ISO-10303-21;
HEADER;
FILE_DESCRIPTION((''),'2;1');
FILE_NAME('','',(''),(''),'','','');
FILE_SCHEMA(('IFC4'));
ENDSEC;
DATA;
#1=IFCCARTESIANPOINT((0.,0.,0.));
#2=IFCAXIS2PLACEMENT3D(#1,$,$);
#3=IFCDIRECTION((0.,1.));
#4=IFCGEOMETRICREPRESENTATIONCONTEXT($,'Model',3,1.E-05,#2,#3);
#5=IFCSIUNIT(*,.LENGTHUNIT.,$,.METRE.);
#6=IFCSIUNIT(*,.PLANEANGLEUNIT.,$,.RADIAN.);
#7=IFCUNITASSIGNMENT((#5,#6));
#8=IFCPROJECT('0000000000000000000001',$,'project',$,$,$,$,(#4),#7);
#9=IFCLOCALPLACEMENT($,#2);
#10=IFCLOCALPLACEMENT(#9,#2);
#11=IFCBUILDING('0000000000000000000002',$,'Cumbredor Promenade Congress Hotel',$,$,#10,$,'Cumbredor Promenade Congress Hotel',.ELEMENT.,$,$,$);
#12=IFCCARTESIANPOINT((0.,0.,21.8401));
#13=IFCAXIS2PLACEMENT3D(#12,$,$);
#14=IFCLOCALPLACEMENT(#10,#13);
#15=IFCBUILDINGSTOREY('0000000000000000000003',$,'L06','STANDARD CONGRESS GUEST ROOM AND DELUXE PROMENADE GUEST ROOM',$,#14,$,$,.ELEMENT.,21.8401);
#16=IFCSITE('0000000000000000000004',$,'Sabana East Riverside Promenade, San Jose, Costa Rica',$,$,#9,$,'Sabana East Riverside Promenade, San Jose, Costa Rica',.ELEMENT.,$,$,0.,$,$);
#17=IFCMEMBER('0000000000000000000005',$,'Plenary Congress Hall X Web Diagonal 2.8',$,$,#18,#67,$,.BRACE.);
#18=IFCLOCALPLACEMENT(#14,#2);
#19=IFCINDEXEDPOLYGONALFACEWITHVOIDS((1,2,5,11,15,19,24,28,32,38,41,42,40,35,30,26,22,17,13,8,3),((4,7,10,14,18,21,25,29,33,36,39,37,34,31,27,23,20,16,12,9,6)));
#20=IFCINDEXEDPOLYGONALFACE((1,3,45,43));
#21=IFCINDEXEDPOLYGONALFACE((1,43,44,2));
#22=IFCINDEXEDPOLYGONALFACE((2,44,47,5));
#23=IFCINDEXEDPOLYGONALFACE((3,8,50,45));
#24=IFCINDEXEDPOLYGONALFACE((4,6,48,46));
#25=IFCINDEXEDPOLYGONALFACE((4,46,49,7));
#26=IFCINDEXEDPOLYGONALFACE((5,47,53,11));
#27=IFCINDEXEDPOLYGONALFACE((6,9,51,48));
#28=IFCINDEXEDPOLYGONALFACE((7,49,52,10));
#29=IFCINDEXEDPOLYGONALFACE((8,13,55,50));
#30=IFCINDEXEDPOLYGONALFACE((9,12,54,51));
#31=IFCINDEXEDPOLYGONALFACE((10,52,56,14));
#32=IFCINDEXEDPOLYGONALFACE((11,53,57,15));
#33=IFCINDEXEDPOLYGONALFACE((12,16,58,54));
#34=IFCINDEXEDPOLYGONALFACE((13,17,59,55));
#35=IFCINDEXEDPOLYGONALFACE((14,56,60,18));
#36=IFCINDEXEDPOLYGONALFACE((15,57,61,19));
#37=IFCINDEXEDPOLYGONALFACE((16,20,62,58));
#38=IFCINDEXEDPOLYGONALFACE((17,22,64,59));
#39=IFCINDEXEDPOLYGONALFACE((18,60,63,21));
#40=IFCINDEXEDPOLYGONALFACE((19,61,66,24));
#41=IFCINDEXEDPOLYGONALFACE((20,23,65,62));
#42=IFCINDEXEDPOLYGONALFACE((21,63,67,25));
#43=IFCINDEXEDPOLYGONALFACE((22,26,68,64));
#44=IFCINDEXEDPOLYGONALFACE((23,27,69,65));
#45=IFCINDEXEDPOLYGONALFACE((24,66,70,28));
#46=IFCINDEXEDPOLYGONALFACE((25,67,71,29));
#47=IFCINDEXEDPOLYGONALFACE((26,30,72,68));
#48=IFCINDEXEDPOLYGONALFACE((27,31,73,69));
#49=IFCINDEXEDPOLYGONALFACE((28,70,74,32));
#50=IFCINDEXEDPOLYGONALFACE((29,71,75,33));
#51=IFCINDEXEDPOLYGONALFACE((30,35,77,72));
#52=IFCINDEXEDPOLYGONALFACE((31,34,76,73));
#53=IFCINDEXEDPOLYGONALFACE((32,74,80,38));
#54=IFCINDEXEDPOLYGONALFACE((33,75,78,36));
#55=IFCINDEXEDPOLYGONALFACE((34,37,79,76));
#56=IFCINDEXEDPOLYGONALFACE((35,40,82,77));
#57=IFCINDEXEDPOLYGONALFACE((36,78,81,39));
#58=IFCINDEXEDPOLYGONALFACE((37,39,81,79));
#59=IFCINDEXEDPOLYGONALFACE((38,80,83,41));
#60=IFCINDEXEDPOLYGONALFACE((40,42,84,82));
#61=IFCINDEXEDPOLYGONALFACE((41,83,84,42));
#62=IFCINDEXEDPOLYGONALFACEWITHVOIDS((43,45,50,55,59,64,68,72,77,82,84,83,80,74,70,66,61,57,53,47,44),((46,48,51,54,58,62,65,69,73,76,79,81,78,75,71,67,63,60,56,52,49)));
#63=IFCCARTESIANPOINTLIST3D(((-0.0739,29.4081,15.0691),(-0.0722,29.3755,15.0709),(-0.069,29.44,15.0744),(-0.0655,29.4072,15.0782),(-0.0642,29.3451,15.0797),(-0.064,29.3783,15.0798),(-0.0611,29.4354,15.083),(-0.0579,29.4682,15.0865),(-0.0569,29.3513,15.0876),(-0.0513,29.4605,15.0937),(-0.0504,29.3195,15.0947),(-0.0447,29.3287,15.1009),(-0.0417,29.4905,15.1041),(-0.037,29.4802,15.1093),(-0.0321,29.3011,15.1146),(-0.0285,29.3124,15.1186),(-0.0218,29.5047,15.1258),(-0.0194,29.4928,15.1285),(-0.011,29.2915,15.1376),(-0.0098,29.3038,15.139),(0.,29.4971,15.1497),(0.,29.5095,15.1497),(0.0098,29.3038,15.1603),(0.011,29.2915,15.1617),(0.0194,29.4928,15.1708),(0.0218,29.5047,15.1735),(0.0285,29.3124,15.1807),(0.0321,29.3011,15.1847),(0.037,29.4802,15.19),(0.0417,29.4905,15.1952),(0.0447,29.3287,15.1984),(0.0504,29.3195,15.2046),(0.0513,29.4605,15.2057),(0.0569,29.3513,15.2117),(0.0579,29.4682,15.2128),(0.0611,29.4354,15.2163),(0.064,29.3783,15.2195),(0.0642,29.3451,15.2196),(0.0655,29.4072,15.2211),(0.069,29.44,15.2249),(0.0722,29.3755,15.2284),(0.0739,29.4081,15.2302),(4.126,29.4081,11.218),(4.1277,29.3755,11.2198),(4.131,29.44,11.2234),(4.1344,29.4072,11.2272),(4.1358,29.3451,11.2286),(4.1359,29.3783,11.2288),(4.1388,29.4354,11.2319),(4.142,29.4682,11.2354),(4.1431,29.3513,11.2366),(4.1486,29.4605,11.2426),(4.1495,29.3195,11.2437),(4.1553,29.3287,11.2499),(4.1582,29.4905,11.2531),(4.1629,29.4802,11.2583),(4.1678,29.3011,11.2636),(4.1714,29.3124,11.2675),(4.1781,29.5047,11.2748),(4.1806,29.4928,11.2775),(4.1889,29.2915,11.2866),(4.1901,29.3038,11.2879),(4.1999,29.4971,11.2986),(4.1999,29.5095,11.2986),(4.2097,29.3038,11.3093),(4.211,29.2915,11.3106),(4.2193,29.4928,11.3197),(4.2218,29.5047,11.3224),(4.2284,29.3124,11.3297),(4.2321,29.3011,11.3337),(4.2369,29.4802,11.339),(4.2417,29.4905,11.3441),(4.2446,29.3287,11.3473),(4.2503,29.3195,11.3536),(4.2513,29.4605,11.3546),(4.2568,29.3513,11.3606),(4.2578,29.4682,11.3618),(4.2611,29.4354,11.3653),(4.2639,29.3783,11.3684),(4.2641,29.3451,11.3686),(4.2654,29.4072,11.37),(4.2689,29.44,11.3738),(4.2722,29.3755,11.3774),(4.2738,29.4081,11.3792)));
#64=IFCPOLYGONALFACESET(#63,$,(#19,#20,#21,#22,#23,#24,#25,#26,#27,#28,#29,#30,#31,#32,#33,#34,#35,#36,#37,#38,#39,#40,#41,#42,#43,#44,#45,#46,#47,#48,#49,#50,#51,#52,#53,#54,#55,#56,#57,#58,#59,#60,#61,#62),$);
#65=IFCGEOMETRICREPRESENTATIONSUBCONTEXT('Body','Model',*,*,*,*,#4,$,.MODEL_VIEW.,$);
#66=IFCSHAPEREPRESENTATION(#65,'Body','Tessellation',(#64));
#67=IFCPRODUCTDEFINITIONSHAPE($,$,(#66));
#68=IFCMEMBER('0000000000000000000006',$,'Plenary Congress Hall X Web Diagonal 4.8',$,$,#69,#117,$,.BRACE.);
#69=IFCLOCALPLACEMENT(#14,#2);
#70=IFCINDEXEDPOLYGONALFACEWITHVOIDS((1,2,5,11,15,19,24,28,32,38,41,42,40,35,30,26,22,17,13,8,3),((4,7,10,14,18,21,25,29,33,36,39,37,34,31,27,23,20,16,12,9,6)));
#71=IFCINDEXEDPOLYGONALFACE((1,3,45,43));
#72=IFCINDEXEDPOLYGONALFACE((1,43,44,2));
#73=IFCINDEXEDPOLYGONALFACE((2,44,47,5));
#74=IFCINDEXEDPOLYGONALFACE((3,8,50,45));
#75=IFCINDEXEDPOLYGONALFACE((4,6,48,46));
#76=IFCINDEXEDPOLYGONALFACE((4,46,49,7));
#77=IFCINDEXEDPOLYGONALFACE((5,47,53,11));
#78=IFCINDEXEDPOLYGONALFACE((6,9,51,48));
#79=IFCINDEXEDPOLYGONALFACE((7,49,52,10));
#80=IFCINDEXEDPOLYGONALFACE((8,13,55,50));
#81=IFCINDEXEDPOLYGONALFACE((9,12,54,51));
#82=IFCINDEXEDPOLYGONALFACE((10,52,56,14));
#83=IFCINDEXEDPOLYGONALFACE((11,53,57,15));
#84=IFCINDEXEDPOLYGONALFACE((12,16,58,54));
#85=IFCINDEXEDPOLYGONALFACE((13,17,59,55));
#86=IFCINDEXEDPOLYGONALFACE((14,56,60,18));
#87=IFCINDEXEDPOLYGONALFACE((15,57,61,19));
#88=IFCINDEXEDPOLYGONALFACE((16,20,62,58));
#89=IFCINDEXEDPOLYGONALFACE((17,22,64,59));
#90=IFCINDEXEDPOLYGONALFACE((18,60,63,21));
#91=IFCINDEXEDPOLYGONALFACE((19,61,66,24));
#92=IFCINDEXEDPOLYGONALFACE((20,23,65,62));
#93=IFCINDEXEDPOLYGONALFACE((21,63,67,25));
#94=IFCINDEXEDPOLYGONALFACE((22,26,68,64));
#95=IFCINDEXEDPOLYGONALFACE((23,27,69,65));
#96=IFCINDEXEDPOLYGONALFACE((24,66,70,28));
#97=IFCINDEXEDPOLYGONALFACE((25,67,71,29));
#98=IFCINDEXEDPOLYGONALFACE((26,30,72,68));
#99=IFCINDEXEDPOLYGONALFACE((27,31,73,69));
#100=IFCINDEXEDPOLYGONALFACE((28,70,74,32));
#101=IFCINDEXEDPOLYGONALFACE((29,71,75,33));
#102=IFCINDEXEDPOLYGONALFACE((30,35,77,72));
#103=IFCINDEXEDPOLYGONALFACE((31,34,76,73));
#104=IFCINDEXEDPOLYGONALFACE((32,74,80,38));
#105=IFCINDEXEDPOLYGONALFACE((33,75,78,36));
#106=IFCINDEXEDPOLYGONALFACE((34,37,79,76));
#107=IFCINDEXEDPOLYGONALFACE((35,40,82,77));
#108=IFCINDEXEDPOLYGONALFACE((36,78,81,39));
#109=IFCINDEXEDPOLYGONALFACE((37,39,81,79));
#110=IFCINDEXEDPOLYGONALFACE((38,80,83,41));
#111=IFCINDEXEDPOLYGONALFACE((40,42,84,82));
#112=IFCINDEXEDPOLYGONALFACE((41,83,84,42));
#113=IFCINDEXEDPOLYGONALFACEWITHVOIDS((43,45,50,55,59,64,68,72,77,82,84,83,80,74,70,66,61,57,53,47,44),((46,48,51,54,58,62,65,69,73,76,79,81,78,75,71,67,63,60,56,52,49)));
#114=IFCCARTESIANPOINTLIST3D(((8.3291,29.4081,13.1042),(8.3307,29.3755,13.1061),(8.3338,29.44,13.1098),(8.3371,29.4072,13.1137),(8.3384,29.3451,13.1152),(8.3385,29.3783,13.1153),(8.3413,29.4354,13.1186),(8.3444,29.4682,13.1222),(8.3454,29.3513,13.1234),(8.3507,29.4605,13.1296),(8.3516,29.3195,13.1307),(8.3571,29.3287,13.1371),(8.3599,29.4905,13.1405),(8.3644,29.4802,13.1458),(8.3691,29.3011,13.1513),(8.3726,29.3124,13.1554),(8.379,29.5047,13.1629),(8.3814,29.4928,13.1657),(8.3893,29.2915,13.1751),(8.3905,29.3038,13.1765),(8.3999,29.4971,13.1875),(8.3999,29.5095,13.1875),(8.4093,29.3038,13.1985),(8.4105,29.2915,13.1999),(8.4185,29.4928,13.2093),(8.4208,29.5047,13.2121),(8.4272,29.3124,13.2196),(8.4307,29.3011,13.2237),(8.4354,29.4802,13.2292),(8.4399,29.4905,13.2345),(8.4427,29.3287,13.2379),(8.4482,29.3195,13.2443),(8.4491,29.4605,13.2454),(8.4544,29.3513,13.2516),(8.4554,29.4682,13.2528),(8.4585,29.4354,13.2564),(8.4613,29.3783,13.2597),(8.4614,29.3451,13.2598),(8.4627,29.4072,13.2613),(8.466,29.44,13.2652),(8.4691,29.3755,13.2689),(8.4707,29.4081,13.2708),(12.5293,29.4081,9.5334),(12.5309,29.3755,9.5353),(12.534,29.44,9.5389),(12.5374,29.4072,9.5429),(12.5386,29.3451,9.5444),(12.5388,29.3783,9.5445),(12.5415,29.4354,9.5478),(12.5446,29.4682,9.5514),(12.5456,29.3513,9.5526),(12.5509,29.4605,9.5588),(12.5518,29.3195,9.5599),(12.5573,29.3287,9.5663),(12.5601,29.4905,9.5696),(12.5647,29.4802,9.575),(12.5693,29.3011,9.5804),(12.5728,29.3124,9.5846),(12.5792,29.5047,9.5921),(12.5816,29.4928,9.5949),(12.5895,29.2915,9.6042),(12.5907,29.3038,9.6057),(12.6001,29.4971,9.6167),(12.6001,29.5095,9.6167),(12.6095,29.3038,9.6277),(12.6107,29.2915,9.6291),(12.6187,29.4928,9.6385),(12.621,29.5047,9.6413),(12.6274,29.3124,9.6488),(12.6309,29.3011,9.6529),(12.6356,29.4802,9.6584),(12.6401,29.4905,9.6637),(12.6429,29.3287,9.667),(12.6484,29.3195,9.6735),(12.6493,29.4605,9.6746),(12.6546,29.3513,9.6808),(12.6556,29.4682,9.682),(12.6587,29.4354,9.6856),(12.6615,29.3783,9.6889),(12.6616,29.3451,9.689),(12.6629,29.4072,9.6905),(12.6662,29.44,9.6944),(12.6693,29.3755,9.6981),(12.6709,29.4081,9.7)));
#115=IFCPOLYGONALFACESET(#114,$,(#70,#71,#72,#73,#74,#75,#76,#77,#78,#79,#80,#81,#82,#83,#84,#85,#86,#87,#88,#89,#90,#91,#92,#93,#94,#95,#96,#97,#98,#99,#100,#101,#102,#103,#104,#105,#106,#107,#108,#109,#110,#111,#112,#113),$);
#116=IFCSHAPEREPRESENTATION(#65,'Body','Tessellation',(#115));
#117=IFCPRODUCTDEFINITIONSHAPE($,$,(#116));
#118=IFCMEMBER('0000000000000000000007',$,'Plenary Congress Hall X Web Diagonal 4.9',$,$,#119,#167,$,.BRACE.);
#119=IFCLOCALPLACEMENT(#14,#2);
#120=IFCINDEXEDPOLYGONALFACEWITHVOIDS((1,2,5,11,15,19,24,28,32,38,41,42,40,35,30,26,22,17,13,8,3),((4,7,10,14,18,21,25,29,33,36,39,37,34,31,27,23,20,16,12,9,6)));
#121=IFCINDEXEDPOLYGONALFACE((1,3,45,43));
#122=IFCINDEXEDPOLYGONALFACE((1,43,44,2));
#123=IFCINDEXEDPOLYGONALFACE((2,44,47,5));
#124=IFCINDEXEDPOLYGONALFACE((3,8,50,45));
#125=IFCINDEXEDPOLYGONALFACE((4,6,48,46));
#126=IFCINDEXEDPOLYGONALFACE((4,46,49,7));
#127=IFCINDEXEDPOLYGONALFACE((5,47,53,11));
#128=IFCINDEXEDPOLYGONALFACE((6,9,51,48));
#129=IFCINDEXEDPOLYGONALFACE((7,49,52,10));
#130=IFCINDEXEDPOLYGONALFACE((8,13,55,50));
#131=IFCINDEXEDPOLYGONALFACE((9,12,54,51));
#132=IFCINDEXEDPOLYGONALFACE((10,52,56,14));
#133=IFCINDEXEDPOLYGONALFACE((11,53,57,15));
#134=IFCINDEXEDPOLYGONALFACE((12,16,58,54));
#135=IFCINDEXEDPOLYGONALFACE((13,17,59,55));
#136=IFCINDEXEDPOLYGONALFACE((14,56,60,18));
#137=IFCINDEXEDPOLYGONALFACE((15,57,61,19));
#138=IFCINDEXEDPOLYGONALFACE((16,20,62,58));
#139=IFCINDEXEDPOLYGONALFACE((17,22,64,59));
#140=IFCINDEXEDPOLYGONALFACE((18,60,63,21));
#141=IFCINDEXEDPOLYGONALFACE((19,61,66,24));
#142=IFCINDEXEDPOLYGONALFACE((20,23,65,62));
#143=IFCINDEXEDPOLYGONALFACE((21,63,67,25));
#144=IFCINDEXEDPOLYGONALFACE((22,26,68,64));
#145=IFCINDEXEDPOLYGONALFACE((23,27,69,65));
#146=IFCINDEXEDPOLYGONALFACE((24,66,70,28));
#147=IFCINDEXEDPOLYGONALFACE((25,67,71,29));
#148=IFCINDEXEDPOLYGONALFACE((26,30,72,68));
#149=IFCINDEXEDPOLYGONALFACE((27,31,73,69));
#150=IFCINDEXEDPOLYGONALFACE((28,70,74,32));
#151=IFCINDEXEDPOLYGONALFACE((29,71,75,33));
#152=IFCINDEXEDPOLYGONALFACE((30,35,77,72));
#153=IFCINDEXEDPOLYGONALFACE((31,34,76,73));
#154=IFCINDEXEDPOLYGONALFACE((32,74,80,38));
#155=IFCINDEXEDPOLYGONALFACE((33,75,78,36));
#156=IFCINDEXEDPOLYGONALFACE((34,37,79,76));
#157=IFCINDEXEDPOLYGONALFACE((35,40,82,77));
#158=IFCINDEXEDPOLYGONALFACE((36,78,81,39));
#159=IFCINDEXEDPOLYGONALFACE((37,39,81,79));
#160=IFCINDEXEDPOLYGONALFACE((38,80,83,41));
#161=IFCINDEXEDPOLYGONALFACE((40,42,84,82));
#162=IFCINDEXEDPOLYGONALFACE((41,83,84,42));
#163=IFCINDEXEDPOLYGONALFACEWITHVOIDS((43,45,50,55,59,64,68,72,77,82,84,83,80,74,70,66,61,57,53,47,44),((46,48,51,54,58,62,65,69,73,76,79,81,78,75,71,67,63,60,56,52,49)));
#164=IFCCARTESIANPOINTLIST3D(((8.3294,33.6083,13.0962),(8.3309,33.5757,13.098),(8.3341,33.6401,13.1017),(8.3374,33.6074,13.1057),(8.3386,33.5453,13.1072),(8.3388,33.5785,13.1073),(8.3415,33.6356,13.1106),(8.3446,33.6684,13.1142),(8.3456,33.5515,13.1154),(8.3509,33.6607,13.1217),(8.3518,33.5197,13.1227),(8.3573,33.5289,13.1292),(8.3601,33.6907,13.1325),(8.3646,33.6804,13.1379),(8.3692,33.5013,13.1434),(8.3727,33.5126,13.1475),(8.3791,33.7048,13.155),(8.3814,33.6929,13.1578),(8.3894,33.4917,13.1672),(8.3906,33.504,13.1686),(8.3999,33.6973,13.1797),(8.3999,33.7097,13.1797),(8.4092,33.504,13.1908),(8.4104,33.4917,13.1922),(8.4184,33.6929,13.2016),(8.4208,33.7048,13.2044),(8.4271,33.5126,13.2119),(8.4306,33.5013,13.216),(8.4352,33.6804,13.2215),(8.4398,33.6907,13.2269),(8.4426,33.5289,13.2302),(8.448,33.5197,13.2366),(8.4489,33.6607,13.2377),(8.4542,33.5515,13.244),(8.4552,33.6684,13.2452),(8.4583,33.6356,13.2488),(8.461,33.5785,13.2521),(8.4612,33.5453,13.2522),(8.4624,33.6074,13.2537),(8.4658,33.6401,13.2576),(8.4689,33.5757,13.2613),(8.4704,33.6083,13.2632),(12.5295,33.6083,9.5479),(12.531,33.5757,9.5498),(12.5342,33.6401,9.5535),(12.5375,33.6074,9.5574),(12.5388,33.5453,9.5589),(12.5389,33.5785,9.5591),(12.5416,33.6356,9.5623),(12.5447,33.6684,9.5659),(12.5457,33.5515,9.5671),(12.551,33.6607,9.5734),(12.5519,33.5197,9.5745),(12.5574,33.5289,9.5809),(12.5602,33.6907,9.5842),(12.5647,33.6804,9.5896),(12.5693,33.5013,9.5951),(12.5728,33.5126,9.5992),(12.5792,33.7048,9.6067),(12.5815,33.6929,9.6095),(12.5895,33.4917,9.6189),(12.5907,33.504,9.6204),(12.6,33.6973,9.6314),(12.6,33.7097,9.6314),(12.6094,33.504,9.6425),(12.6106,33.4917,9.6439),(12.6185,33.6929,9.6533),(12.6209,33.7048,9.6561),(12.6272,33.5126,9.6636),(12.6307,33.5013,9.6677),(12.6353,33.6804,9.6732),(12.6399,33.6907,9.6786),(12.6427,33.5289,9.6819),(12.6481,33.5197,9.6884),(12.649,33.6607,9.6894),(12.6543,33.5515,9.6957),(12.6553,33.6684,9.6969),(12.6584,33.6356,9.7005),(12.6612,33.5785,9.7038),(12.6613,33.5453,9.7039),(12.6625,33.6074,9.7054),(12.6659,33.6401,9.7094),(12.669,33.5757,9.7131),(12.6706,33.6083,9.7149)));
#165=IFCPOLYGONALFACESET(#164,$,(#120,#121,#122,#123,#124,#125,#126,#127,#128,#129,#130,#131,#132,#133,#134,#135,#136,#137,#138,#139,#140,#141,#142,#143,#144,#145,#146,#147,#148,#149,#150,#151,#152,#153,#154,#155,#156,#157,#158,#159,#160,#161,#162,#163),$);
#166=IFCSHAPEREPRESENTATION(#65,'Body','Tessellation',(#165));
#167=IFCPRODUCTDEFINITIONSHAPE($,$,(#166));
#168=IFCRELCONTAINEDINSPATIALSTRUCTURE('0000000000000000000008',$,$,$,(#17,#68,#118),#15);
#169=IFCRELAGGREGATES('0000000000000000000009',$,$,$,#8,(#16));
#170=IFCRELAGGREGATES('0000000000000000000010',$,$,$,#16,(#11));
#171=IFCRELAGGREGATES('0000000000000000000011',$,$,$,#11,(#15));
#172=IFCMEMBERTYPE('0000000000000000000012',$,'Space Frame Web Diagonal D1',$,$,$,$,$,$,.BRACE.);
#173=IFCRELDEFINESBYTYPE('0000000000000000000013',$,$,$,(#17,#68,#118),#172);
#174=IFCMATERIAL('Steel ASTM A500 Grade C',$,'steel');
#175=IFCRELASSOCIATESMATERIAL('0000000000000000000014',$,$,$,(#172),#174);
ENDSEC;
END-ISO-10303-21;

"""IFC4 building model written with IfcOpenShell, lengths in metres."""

from ifc_helpers import new_model, si_unit, direction, frame, origin, origin_2d, place, context, subcontext, project, spatial, hollow_circle, extrude, material, material_profile, profile_set, type_object, element, save


model = new_model("IFC4")

# Units and contexts
model_context = context("Model", 3, precision=1e-05, world=origin(), true_north=direction((0.0, 1.0)))
body_context = subcontext(model_context, "Body", "Model", "MODEL_VIEW")
ifc_project = project(units=[si_unit("LENGTHUNIT", "METRE"), si_unit("PLANEANGLEUNIT", "RADIAN")], contexts=[model_context])

# Site, building, storey
site_placement = place(None, origin())
site = spatial("IfcSite", under=ifc_project, at=site_placement, Name="Sabana East Riverside Promenade, San Jose, Costa Rica", LongName="Sabana East Riverside Promenade, San Jose, Costa Rica", CompositionType="ELEMENT", RefElevation=0.0)
building_placement = place(site_placement, origin())
building = spatial("IfcBuilding", under=site, at=building_placement, Name="Cumbredor Promenade Congress Hotel", LongName="Cumbredor Promenade Congress Hotel", CompositionType="ELEMENT")
storey_placement = place(building_placement, frame((0.0, 0.0, 21.8401)))
storey = spatial("IfcBuildingStorey", under=building, at=storey_placement, Name="L06", Description="STANDARD CONGRESS GUEST ROOM AND DELUXE PROMENADE GUEST ROOM", CompositionType="ELEMENT", Elevation=21.8401)

# Members
ifc_material_1 = material(Name="Steel ASTM A500 Grade C", Category="steel")
ifc_material_profile_1 = material_profile(ifc_material_1, hollow_circle(Radius=0.1096, WallThickness=0.0125, at=origin_2d()), Name="CHS 219.1x12.5")
ifc_profile_set_1 = profile_set([ifc_material_profile_1], Name="Steel ASTM A500 Grade C")
member_type_1 = type_object("IfcMemberType", Name="Space Frame Web Diagonal D1", PredefinedType="BRACE", material=ifc_profile_set_1)
member_1_placement = place(storey_placement, frame((0.0, 29.3999, 15.1497), z_axis=(0.737056, 0.0, -0.675831), x_axis=(0.0, 1.0, 0.0)))
element("IfcMember", 1, at=member_1_placement, inside=storey, type_object=member_type_1, Name="Plenary Congress Hall X Web Diagonal 2.8", PredefinedType="BRACE", context=body_context, shape_type="SweptSolid", body=[
    extrude(hollow_circle(Radius=0.1096, WallThickness=0.0125, at=origin_2d()), origin(), (0.0, 0.0, 1.0), 5.6982),
])
member_2_placement = place(storey_placement, frame((8.3999, 29.3999, 13.1875), z_axis=(0.761882, 0.0, -0.647715), x_axis=(0.0, 1.0, 0.0)))
element("IfcMember", 2, at=member_2_placement, inside=storey, type_object=member_type_1, Name="Plenary Congress Hall X Web Diagonal 4.8", PredefinedType="BRACE", context=body_context, shape_type="SweptSolid", body=[
    extrude(hollow_circle(Radius=0.1096, WallThickness=0.0125, at=origin_2d()), origin(), (0.0, 0.0, 1.0), 5.5129),
])
for number, where, z_axis, x_axis, name in (
    (3, (8.3999, 33.6001, 13.1797), (0.763895, 0.0, -0.645341), (0.0, 1.0, 0.0), "Plenary Congress Hall X Web Diagonal 4.9"),
):
    element("IfcMember", number, at=place(storey_placement, frame(where, z_axis=z_axis, x_axis=x_axis)), inside=storey, type_object=member_type_1, Name=name, PredefinedType="BRACE", context=body_context, shape_type="SweptSolid", body=[
        extrude(hollow_circle(Radius=0.1096, WallThickness=0.0125, at=origin_2d()), origin(), (0.0, 0.0, 1.0), 5.4983),
    ])

save(model, "model.ifc")
